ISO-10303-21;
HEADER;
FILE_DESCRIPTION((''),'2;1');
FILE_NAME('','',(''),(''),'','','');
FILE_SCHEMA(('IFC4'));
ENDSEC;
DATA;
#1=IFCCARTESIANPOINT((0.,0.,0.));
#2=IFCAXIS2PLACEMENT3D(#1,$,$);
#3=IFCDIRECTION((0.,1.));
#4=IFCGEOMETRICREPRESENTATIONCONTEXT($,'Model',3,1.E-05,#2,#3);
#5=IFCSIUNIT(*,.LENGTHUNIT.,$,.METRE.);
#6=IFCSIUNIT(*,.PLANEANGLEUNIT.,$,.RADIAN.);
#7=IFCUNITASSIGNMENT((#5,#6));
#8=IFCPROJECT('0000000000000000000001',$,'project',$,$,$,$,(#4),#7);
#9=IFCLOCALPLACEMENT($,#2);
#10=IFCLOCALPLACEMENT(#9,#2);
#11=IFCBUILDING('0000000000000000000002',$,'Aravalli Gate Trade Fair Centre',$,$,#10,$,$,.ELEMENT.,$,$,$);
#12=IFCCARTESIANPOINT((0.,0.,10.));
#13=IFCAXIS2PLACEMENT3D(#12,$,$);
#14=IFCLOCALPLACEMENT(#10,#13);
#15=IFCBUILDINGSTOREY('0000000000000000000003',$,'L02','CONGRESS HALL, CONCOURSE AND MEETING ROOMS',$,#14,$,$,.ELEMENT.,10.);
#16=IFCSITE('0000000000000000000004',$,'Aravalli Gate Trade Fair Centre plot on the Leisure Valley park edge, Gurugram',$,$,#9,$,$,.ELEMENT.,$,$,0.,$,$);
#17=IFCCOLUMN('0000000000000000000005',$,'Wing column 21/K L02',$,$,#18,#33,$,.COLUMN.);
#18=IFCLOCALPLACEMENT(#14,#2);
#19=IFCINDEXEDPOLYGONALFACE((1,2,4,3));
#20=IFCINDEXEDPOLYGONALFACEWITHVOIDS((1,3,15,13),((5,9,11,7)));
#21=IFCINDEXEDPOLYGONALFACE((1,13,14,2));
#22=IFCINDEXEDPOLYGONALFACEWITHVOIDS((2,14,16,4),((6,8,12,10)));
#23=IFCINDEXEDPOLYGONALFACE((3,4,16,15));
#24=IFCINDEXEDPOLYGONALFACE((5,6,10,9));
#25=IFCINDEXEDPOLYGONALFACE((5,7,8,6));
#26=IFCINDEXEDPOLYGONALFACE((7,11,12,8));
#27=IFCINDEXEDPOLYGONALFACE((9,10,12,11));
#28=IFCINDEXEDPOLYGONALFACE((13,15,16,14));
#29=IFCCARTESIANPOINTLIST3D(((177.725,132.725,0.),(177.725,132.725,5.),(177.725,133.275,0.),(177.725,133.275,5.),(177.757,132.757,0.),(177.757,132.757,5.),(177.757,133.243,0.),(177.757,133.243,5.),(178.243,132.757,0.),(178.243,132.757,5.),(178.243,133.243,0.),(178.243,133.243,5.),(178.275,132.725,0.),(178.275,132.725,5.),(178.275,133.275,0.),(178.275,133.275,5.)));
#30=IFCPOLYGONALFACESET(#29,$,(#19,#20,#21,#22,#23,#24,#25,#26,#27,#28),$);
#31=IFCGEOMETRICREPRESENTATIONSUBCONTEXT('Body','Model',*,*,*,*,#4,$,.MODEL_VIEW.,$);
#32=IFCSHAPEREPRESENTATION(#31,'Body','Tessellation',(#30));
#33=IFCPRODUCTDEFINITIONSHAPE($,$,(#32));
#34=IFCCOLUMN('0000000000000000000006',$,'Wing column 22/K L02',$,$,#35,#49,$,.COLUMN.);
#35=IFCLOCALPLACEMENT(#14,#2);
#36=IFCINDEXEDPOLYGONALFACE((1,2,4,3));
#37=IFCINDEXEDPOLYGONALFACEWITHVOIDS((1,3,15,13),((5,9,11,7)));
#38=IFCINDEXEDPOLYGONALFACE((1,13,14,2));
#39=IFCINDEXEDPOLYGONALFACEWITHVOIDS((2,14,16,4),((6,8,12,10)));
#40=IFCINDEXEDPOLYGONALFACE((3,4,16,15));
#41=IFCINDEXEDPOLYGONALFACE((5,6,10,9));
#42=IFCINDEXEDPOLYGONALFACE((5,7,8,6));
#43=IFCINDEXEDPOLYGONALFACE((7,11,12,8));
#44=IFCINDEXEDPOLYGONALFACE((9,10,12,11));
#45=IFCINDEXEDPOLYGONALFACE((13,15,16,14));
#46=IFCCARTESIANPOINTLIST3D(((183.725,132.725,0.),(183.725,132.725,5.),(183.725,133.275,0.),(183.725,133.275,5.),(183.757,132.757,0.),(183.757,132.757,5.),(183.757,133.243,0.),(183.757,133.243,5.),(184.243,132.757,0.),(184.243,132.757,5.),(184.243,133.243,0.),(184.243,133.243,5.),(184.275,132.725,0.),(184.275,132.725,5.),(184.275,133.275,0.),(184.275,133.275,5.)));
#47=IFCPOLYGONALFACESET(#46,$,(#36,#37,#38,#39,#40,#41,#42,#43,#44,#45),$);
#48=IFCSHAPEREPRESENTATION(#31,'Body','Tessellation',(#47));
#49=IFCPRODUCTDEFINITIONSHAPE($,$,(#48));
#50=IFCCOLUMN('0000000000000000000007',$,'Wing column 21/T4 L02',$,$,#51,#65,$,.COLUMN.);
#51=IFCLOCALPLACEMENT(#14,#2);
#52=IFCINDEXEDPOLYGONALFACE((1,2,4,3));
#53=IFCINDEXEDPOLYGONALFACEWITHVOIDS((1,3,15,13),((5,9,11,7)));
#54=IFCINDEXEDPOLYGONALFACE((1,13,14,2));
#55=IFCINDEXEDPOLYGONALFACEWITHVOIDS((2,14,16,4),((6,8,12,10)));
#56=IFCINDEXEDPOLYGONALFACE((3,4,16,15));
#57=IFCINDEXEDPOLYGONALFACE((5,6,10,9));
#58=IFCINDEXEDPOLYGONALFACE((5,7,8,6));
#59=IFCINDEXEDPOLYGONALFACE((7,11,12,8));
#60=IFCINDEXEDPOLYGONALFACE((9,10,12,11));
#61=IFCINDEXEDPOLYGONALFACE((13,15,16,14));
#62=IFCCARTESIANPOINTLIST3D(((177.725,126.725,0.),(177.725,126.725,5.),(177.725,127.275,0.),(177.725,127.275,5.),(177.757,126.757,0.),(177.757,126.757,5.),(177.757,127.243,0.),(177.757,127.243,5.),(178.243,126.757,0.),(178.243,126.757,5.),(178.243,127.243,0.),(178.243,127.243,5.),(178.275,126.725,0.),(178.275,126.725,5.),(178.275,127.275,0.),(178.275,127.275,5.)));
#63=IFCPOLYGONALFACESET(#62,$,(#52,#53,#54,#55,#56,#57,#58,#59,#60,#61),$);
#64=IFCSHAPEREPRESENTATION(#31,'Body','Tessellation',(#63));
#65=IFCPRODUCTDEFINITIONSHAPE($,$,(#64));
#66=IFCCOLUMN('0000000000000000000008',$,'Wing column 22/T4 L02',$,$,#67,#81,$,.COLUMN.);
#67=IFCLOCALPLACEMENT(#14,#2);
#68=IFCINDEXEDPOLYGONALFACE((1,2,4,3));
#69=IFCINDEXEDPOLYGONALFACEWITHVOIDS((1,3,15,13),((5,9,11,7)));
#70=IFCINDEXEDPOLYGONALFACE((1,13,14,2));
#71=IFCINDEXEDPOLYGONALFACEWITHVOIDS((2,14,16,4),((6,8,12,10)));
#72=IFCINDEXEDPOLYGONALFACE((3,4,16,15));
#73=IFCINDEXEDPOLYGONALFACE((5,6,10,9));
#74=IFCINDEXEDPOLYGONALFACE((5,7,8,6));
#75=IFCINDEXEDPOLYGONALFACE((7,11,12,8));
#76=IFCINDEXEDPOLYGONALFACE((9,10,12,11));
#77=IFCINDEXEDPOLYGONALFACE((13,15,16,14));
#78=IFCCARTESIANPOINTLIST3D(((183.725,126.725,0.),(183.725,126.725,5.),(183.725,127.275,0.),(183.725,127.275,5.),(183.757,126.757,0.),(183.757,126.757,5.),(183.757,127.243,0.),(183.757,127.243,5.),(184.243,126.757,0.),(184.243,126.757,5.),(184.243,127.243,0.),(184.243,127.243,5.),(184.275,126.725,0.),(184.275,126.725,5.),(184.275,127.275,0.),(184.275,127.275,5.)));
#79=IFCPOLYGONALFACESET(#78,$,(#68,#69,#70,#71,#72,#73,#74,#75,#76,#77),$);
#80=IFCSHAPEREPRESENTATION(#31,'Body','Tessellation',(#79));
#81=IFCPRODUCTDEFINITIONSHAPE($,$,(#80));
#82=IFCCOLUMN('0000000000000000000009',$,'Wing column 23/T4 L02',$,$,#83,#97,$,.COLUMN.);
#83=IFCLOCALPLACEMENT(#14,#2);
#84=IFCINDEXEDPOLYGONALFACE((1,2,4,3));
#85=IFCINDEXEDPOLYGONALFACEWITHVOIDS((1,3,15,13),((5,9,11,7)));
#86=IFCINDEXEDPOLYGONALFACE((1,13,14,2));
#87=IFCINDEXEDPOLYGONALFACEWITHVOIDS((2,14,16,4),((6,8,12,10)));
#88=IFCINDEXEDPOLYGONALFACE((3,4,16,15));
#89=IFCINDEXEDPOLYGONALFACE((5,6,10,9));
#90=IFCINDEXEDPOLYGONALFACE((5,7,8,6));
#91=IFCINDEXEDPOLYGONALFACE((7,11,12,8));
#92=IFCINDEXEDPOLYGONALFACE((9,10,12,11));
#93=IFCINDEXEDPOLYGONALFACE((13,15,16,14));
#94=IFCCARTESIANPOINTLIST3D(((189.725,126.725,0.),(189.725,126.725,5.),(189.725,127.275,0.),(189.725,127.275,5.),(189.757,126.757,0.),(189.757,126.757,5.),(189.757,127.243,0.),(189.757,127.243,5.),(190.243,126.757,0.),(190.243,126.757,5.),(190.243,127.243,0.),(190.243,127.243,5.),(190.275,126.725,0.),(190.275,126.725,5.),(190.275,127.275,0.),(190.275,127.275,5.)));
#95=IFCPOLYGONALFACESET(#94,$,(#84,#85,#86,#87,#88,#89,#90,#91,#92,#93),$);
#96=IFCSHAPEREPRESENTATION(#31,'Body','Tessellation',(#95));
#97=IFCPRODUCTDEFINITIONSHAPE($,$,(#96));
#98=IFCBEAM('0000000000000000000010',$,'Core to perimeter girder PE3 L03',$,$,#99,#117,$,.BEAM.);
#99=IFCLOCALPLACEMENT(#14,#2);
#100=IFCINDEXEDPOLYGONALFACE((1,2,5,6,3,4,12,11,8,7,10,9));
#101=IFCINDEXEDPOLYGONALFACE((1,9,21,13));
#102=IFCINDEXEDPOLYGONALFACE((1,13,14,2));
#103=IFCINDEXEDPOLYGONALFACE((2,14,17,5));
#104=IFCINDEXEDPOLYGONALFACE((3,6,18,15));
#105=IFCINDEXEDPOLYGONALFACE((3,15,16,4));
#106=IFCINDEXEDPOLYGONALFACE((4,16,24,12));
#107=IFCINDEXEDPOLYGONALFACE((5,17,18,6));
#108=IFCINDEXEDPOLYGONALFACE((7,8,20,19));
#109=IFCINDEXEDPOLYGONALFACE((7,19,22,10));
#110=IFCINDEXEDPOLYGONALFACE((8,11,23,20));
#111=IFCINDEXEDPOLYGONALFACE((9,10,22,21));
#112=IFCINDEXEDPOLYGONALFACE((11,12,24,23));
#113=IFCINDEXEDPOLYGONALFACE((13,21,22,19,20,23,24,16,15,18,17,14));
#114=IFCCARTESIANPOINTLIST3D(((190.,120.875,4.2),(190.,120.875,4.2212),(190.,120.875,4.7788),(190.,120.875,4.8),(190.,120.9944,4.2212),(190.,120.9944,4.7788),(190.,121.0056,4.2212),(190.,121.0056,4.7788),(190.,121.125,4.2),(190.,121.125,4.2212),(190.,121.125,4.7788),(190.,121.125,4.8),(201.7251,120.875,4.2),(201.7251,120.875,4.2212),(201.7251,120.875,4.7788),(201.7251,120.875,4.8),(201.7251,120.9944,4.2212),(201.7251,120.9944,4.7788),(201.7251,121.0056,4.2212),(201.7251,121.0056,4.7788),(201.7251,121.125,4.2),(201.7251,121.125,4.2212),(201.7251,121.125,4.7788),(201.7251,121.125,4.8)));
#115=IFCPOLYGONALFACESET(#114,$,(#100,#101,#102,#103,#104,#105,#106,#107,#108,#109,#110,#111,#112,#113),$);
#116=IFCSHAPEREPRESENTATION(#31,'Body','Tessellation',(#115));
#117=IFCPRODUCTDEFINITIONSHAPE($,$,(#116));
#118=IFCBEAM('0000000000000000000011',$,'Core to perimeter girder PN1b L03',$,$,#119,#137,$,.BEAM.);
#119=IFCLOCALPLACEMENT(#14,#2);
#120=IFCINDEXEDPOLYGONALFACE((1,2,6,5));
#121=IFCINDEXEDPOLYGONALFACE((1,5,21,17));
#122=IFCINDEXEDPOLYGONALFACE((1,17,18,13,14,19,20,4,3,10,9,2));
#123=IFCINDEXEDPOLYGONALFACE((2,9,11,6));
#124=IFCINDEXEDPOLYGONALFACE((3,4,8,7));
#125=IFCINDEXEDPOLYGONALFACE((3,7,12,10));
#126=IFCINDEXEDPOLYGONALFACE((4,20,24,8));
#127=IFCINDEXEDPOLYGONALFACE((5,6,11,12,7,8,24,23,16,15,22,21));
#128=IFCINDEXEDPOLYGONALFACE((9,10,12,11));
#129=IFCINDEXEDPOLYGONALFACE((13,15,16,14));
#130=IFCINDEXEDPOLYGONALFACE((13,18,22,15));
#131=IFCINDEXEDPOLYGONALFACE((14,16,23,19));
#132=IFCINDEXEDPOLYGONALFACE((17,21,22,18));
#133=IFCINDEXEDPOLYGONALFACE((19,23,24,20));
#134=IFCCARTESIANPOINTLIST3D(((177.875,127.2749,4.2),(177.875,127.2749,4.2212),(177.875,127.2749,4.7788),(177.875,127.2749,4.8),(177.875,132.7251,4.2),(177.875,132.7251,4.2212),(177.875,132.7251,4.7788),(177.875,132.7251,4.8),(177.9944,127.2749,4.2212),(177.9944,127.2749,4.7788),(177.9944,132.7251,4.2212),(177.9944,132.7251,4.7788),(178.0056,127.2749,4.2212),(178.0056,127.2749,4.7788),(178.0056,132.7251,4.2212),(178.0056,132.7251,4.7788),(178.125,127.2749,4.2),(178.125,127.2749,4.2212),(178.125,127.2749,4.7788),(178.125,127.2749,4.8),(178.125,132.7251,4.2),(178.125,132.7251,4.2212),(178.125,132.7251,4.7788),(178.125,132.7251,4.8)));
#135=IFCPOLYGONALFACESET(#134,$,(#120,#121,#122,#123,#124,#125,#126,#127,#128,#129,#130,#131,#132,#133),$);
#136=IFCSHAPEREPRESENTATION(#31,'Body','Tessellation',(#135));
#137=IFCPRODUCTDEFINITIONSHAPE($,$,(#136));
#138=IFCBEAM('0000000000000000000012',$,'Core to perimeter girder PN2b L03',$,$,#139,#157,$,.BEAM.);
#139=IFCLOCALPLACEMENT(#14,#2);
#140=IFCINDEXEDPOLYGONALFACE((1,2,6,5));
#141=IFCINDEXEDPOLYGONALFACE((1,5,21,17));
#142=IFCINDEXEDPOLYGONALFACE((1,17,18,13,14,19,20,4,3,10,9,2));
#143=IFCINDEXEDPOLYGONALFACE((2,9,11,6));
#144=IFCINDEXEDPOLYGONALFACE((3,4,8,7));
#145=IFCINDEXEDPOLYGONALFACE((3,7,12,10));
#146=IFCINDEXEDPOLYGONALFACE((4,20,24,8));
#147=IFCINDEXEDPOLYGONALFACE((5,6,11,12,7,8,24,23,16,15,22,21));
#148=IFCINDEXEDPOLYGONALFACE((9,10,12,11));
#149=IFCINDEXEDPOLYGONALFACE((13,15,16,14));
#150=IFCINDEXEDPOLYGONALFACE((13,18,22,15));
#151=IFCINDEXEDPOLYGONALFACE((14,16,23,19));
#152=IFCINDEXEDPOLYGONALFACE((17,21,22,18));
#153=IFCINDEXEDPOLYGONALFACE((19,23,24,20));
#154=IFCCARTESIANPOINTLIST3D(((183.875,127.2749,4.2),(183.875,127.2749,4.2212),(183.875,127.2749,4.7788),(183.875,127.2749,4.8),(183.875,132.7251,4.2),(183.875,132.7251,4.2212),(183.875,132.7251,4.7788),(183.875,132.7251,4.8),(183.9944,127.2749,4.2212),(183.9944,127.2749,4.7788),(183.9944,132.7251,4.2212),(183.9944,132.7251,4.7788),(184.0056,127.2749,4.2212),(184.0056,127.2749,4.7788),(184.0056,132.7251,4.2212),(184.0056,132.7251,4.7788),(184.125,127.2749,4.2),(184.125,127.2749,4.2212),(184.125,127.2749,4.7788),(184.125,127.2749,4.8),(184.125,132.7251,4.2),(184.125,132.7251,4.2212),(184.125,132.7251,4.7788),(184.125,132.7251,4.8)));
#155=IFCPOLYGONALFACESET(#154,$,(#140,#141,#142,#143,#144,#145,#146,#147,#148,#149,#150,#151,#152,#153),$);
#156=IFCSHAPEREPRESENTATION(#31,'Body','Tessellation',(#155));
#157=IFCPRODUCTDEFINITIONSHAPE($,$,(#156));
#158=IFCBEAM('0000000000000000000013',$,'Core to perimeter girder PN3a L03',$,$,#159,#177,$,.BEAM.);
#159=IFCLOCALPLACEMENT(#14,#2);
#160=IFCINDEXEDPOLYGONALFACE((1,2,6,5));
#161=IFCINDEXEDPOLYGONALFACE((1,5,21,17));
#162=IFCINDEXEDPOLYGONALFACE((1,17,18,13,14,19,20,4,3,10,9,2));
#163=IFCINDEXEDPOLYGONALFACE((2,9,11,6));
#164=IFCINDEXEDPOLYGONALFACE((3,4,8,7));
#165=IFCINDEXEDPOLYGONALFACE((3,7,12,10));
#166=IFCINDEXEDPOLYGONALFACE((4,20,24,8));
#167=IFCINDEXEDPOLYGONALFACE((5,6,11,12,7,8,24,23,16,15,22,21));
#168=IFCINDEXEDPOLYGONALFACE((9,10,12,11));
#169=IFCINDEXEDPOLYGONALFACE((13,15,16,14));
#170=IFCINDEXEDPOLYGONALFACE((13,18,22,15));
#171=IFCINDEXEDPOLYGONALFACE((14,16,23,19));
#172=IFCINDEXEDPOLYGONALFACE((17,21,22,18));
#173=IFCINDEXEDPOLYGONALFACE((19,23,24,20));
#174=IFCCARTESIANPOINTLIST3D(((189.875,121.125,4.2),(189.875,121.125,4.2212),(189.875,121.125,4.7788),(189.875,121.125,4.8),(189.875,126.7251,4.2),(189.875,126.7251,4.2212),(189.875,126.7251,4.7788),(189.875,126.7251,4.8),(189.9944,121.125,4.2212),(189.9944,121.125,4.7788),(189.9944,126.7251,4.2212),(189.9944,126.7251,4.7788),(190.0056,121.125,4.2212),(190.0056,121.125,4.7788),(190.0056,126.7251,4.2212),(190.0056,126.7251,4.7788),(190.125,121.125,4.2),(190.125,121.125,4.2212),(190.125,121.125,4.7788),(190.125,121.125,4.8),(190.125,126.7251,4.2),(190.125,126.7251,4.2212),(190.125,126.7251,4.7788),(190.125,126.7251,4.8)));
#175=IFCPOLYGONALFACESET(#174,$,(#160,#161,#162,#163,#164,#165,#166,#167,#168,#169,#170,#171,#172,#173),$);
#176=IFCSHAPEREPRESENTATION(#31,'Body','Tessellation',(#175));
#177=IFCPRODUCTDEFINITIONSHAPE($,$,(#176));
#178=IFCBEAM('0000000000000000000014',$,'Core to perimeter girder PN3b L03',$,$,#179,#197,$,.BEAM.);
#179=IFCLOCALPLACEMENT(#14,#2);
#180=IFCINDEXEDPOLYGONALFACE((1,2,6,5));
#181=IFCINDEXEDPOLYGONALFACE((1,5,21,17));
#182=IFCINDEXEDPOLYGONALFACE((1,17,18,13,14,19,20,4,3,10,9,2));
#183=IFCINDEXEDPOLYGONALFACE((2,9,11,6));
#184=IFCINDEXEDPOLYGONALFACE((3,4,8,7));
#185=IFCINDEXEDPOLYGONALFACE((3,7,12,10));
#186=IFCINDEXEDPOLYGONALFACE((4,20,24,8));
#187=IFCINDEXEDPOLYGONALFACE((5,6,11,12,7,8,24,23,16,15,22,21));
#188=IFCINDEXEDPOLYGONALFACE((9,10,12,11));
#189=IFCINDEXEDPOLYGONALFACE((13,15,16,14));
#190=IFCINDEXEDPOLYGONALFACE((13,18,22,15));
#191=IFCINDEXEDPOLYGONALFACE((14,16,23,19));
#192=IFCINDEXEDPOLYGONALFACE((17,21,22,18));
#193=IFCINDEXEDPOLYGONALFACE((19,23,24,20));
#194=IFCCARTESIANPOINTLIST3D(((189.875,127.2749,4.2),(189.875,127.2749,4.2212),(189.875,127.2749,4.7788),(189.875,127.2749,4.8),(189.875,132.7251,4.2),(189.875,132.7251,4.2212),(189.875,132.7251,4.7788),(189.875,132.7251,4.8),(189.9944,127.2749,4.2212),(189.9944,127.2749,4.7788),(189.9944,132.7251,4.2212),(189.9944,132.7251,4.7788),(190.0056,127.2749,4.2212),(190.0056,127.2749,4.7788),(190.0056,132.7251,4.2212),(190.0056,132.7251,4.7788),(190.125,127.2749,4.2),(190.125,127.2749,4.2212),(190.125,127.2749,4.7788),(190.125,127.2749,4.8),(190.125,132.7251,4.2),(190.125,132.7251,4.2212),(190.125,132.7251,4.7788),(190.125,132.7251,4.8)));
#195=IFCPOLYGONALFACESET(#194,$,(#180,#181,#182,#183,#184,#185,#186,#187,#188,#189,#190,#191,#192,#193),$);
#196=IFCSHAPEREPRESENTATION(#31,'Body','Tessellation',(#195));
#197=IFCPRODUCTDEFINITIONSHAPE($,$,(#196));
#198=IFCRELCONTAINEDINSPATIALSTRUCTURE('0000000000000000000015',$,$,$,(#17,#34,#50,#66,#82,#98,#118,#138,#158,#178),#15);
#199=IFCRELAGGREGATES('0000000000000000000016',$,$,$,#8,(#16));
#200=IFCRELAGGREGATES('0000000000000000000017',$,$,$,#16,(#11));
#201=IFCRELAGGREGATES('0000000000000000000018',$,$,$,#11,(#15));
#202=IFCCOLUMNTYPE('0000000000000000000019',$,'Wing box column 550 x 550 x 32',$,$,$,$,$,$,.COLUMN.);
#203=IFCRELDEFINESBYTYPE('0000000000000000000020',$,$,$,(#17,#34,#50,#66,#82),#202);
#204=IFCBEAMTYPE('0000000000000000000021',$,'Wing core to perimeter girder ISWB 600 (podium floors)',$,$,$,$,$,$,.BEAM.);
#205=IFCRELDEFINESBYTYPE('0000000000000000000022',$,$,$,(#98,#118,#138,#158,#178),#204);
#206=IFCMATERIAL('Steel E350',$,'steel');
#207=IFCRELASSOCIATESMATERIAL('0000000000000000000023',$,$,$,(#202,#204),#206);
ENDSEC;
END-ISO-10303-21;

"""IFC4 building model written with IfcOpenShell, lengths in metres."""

from ifc_helpers import new_model, si_unit, direction, frame, origin, origin_2d, place, context, subcontext, project, spatial, hollow_rectangle, i_section, extrude, material, material_profile, profile_set, type_object, element, save


model = new_model("IFC4")

# Units and contexts
model_context = context("Model", 3, precision=1e-05, world=origin(), true_north=direction((0.0, 1.0)))
body_context = subcontext(model_context, "Body", "Model", "MODEL_VIEW")
ifc_project = project(units=[si_unit("LENGTHUNIT", "METRE"), si_unit("PLANEANGLEUNIT", "RADIAN")], contexts=[model_context])

# Site, building, storey
site_placement = place(None, origin())
site = spatial("IfcSite", under=ifc_project, at=site_placement, Name="Aravalli Gate Trade Fair Centre plot on the Leisure Valley park edge, Gurugram", CompositionType="ELEMENT", RefElevation=0.0)
building_placement = place(site_placement, origin())
building = spatial("IfcBuilding", under=site, at=building_placement, Name="Aravalli Gate Trade Fair Centre", CompositionType="ELEMENT")
storey_placement = place(building_placement, frame((0.0, 0.0, 10.0)))
storey = spatial("IfcBuildingStorey", under=building, at=storey_placement, Name="L02", Description="CONGRESS HALL, CONCOURSE AND MEETING ROOMS", CompositionType="ELEMENT", Elevation=10.0)

# Columns
ifc_material_1 = material(Name="Steel E350", Category="steel")
ifc_material_profile_1 = material_profile(ifc_material_1, hollow_rectangle(XDim=0.55, YDim=0.55, WallThickness=0.032, at=origin_2d()), Name="BOX 550x550x32")
ifc_profile_set_1 = profile_set([ifc_material_profile_1], Name="Steel E350")
column_type = type_object("IfcColumnType", Name="Wing box column 550 x 550 x 32", PredefinedType="COLUMN", material=ifc_profile_set_1)
for number, where, z_axis, x_axis, name in (
    (1, (178.0, 133.0, 0.0), (0.0, 0.0, 1.0), (1.0, 0.0, 0.0), "Wing column 21/K L02"),
    (2, (184.0, 133.0, 0.0), (0.0, 0.0, 1.0), (1.0, 0.0, 0.0), "Wing column 22/K L02"),
    (3, (178.0, 127.0, 0.0), (0.0, 0.0, 1.0), (1.0, 0.0, 0.0), "Wing column 21/T4 L02"),
    (4, (184.0, 127.0, 0.0), (0.0, 0.0, 1.0), (1.0, 0.0, 0.0), "Wing column 22/T4 L02"),
    (5, (190.0, 127.0, 0.0), (0.0, 0.0, 1.0), (1.0, 0.0, 0.0), "Wing column 23/T4 L02"),
):
    element("IfcColumn", number, at=place(storey_placement, frame(where, z_axis=z_axis, x_axis=x_axis)), inside=storey, type_object=column_type, Name=name, PredefinedType="COLUMN", context=body_context, shape_type="SweptSolid", body=[
        extrude(hollow_rectangle(XDim=0.55, YDim=0.55, WallThickness=0.032, at=origin_2d()), origin(), (0.0, 0.0, 1.0), 5.0),
    ])

# Beams
ifc_material_profile_2 = material_profile(ifc_material_1, i_section(OverallWidth=0.25, OverallDepth=0.6001, WebThickness=0.0112, FlangeThickness=0.0212, at=origin_2d()), Name="ISWB 600")
ifc_profile_set_2 = profile_set([ifc_material_profile_2], Name="Steel E350")
beam_type_1 = type_object("IfcBeamType", Name="Wing core to perimeter girder ISWB 600 (podium floors)", PredefinedType="BEAM", material=ifc_profile_set_2)
beam_1_placement = place(storey_placement, frame((190.0, 121.0, 4.5), z_axis=(1.0, 0.0, 0.0), x_axis=(0.0, 1.0, 0.0)))
element("IfcBeam", 6, at=beam_1_placement, inside=storey, type_object=beam_type_1, Name="Core to perimeter girder PE3 L03", PredefinedType="BEAM", context=body_context, shape_type="SweptSolid", body=[
    extrude(i_section(OverallWidth=0.25, OverallDepth=0.6001, WebThickness=0.0112, FlangeThickness=0.0212, at=origin_2d()), origin(), (0.0, 0.0, 1.0), 11.7251),
])
for number, where, z_axis, x_axis, name in (
    (7, (178.0, 127.2749, 4.5), (0.0, 1.0, 0.0), (-1.0, 0.0, 0.0), "Core to perimeter girder PN1b L03"),
    (8, (184.0, 127.2749, 4.5), (0.0, 1.0, 0.0), (-1.0, 0.0, 0.0), "Core to perimeter girder PN2b L03"),
):
    element("IfcBeam", number, at=place(storey_placement, frame(where, z_axis=z_axis, x_axis=x_axis)), inside=storey, type_object=beam_type_1, Name=name, PredefinedType="BEAM", context=body_context, shape_type="SweptSolid", body=[
        extrude(i_section(OverallWidth=0.25, OverallDepth=0.6001, WebThickness=0.0112, FlangeThickness=0.0212, at=origin_2d()), origin(), (0.0, 0.0, 1.0), 5.4502),
    ])
beam_2_placement = place(storey_placement, frame((190.0, 121.125, 4.5), z_axis=(0.0, 1.0, 0.0), x_axis=(-1.0, 0.0, 0.0)))
element("IfcBeam", 9, at=beam_2_placement, inside=storey, type_object=beam_type_1, Name="Core to perimeter girder PN3a L03", PredefinedType="BEAM", context=body_context, shape_type="SweptSolid", body=[
    extrude(i_section(OverallWidth=0.25, OverallDepth=0.6001, WebThickness=0.0112, FlangeThickness=0.0212, at=origin_2d()), origin(), (0.0, 0.0, 1.0), 5.6001),
])
beam_3_placement = place(storey_placement, frame((190.0, 127.2749, 4.5), z_axis=(0.0, 1.0, 0.0), x_axis=(-1.0, 0.0, 0.0)))
element("IfcBeam", 10, at=beam_3_placement, inside=storey, type_object=beam_type_1, Name="Core to perimeter girder PN3b L03", PredefinedType="BEAM", context=body_context, shape_type="SweptSolid", body=[
    extrude(i_section(OverallWidth=0.25, OverallDepth=0.6001, WebThickness=0.0112, FlangeThickness=0.0212, at=origin_2d()), origin(), (0.0, 0.0, 1.0), 5.4502),
])

save(model, "model.ifc")
